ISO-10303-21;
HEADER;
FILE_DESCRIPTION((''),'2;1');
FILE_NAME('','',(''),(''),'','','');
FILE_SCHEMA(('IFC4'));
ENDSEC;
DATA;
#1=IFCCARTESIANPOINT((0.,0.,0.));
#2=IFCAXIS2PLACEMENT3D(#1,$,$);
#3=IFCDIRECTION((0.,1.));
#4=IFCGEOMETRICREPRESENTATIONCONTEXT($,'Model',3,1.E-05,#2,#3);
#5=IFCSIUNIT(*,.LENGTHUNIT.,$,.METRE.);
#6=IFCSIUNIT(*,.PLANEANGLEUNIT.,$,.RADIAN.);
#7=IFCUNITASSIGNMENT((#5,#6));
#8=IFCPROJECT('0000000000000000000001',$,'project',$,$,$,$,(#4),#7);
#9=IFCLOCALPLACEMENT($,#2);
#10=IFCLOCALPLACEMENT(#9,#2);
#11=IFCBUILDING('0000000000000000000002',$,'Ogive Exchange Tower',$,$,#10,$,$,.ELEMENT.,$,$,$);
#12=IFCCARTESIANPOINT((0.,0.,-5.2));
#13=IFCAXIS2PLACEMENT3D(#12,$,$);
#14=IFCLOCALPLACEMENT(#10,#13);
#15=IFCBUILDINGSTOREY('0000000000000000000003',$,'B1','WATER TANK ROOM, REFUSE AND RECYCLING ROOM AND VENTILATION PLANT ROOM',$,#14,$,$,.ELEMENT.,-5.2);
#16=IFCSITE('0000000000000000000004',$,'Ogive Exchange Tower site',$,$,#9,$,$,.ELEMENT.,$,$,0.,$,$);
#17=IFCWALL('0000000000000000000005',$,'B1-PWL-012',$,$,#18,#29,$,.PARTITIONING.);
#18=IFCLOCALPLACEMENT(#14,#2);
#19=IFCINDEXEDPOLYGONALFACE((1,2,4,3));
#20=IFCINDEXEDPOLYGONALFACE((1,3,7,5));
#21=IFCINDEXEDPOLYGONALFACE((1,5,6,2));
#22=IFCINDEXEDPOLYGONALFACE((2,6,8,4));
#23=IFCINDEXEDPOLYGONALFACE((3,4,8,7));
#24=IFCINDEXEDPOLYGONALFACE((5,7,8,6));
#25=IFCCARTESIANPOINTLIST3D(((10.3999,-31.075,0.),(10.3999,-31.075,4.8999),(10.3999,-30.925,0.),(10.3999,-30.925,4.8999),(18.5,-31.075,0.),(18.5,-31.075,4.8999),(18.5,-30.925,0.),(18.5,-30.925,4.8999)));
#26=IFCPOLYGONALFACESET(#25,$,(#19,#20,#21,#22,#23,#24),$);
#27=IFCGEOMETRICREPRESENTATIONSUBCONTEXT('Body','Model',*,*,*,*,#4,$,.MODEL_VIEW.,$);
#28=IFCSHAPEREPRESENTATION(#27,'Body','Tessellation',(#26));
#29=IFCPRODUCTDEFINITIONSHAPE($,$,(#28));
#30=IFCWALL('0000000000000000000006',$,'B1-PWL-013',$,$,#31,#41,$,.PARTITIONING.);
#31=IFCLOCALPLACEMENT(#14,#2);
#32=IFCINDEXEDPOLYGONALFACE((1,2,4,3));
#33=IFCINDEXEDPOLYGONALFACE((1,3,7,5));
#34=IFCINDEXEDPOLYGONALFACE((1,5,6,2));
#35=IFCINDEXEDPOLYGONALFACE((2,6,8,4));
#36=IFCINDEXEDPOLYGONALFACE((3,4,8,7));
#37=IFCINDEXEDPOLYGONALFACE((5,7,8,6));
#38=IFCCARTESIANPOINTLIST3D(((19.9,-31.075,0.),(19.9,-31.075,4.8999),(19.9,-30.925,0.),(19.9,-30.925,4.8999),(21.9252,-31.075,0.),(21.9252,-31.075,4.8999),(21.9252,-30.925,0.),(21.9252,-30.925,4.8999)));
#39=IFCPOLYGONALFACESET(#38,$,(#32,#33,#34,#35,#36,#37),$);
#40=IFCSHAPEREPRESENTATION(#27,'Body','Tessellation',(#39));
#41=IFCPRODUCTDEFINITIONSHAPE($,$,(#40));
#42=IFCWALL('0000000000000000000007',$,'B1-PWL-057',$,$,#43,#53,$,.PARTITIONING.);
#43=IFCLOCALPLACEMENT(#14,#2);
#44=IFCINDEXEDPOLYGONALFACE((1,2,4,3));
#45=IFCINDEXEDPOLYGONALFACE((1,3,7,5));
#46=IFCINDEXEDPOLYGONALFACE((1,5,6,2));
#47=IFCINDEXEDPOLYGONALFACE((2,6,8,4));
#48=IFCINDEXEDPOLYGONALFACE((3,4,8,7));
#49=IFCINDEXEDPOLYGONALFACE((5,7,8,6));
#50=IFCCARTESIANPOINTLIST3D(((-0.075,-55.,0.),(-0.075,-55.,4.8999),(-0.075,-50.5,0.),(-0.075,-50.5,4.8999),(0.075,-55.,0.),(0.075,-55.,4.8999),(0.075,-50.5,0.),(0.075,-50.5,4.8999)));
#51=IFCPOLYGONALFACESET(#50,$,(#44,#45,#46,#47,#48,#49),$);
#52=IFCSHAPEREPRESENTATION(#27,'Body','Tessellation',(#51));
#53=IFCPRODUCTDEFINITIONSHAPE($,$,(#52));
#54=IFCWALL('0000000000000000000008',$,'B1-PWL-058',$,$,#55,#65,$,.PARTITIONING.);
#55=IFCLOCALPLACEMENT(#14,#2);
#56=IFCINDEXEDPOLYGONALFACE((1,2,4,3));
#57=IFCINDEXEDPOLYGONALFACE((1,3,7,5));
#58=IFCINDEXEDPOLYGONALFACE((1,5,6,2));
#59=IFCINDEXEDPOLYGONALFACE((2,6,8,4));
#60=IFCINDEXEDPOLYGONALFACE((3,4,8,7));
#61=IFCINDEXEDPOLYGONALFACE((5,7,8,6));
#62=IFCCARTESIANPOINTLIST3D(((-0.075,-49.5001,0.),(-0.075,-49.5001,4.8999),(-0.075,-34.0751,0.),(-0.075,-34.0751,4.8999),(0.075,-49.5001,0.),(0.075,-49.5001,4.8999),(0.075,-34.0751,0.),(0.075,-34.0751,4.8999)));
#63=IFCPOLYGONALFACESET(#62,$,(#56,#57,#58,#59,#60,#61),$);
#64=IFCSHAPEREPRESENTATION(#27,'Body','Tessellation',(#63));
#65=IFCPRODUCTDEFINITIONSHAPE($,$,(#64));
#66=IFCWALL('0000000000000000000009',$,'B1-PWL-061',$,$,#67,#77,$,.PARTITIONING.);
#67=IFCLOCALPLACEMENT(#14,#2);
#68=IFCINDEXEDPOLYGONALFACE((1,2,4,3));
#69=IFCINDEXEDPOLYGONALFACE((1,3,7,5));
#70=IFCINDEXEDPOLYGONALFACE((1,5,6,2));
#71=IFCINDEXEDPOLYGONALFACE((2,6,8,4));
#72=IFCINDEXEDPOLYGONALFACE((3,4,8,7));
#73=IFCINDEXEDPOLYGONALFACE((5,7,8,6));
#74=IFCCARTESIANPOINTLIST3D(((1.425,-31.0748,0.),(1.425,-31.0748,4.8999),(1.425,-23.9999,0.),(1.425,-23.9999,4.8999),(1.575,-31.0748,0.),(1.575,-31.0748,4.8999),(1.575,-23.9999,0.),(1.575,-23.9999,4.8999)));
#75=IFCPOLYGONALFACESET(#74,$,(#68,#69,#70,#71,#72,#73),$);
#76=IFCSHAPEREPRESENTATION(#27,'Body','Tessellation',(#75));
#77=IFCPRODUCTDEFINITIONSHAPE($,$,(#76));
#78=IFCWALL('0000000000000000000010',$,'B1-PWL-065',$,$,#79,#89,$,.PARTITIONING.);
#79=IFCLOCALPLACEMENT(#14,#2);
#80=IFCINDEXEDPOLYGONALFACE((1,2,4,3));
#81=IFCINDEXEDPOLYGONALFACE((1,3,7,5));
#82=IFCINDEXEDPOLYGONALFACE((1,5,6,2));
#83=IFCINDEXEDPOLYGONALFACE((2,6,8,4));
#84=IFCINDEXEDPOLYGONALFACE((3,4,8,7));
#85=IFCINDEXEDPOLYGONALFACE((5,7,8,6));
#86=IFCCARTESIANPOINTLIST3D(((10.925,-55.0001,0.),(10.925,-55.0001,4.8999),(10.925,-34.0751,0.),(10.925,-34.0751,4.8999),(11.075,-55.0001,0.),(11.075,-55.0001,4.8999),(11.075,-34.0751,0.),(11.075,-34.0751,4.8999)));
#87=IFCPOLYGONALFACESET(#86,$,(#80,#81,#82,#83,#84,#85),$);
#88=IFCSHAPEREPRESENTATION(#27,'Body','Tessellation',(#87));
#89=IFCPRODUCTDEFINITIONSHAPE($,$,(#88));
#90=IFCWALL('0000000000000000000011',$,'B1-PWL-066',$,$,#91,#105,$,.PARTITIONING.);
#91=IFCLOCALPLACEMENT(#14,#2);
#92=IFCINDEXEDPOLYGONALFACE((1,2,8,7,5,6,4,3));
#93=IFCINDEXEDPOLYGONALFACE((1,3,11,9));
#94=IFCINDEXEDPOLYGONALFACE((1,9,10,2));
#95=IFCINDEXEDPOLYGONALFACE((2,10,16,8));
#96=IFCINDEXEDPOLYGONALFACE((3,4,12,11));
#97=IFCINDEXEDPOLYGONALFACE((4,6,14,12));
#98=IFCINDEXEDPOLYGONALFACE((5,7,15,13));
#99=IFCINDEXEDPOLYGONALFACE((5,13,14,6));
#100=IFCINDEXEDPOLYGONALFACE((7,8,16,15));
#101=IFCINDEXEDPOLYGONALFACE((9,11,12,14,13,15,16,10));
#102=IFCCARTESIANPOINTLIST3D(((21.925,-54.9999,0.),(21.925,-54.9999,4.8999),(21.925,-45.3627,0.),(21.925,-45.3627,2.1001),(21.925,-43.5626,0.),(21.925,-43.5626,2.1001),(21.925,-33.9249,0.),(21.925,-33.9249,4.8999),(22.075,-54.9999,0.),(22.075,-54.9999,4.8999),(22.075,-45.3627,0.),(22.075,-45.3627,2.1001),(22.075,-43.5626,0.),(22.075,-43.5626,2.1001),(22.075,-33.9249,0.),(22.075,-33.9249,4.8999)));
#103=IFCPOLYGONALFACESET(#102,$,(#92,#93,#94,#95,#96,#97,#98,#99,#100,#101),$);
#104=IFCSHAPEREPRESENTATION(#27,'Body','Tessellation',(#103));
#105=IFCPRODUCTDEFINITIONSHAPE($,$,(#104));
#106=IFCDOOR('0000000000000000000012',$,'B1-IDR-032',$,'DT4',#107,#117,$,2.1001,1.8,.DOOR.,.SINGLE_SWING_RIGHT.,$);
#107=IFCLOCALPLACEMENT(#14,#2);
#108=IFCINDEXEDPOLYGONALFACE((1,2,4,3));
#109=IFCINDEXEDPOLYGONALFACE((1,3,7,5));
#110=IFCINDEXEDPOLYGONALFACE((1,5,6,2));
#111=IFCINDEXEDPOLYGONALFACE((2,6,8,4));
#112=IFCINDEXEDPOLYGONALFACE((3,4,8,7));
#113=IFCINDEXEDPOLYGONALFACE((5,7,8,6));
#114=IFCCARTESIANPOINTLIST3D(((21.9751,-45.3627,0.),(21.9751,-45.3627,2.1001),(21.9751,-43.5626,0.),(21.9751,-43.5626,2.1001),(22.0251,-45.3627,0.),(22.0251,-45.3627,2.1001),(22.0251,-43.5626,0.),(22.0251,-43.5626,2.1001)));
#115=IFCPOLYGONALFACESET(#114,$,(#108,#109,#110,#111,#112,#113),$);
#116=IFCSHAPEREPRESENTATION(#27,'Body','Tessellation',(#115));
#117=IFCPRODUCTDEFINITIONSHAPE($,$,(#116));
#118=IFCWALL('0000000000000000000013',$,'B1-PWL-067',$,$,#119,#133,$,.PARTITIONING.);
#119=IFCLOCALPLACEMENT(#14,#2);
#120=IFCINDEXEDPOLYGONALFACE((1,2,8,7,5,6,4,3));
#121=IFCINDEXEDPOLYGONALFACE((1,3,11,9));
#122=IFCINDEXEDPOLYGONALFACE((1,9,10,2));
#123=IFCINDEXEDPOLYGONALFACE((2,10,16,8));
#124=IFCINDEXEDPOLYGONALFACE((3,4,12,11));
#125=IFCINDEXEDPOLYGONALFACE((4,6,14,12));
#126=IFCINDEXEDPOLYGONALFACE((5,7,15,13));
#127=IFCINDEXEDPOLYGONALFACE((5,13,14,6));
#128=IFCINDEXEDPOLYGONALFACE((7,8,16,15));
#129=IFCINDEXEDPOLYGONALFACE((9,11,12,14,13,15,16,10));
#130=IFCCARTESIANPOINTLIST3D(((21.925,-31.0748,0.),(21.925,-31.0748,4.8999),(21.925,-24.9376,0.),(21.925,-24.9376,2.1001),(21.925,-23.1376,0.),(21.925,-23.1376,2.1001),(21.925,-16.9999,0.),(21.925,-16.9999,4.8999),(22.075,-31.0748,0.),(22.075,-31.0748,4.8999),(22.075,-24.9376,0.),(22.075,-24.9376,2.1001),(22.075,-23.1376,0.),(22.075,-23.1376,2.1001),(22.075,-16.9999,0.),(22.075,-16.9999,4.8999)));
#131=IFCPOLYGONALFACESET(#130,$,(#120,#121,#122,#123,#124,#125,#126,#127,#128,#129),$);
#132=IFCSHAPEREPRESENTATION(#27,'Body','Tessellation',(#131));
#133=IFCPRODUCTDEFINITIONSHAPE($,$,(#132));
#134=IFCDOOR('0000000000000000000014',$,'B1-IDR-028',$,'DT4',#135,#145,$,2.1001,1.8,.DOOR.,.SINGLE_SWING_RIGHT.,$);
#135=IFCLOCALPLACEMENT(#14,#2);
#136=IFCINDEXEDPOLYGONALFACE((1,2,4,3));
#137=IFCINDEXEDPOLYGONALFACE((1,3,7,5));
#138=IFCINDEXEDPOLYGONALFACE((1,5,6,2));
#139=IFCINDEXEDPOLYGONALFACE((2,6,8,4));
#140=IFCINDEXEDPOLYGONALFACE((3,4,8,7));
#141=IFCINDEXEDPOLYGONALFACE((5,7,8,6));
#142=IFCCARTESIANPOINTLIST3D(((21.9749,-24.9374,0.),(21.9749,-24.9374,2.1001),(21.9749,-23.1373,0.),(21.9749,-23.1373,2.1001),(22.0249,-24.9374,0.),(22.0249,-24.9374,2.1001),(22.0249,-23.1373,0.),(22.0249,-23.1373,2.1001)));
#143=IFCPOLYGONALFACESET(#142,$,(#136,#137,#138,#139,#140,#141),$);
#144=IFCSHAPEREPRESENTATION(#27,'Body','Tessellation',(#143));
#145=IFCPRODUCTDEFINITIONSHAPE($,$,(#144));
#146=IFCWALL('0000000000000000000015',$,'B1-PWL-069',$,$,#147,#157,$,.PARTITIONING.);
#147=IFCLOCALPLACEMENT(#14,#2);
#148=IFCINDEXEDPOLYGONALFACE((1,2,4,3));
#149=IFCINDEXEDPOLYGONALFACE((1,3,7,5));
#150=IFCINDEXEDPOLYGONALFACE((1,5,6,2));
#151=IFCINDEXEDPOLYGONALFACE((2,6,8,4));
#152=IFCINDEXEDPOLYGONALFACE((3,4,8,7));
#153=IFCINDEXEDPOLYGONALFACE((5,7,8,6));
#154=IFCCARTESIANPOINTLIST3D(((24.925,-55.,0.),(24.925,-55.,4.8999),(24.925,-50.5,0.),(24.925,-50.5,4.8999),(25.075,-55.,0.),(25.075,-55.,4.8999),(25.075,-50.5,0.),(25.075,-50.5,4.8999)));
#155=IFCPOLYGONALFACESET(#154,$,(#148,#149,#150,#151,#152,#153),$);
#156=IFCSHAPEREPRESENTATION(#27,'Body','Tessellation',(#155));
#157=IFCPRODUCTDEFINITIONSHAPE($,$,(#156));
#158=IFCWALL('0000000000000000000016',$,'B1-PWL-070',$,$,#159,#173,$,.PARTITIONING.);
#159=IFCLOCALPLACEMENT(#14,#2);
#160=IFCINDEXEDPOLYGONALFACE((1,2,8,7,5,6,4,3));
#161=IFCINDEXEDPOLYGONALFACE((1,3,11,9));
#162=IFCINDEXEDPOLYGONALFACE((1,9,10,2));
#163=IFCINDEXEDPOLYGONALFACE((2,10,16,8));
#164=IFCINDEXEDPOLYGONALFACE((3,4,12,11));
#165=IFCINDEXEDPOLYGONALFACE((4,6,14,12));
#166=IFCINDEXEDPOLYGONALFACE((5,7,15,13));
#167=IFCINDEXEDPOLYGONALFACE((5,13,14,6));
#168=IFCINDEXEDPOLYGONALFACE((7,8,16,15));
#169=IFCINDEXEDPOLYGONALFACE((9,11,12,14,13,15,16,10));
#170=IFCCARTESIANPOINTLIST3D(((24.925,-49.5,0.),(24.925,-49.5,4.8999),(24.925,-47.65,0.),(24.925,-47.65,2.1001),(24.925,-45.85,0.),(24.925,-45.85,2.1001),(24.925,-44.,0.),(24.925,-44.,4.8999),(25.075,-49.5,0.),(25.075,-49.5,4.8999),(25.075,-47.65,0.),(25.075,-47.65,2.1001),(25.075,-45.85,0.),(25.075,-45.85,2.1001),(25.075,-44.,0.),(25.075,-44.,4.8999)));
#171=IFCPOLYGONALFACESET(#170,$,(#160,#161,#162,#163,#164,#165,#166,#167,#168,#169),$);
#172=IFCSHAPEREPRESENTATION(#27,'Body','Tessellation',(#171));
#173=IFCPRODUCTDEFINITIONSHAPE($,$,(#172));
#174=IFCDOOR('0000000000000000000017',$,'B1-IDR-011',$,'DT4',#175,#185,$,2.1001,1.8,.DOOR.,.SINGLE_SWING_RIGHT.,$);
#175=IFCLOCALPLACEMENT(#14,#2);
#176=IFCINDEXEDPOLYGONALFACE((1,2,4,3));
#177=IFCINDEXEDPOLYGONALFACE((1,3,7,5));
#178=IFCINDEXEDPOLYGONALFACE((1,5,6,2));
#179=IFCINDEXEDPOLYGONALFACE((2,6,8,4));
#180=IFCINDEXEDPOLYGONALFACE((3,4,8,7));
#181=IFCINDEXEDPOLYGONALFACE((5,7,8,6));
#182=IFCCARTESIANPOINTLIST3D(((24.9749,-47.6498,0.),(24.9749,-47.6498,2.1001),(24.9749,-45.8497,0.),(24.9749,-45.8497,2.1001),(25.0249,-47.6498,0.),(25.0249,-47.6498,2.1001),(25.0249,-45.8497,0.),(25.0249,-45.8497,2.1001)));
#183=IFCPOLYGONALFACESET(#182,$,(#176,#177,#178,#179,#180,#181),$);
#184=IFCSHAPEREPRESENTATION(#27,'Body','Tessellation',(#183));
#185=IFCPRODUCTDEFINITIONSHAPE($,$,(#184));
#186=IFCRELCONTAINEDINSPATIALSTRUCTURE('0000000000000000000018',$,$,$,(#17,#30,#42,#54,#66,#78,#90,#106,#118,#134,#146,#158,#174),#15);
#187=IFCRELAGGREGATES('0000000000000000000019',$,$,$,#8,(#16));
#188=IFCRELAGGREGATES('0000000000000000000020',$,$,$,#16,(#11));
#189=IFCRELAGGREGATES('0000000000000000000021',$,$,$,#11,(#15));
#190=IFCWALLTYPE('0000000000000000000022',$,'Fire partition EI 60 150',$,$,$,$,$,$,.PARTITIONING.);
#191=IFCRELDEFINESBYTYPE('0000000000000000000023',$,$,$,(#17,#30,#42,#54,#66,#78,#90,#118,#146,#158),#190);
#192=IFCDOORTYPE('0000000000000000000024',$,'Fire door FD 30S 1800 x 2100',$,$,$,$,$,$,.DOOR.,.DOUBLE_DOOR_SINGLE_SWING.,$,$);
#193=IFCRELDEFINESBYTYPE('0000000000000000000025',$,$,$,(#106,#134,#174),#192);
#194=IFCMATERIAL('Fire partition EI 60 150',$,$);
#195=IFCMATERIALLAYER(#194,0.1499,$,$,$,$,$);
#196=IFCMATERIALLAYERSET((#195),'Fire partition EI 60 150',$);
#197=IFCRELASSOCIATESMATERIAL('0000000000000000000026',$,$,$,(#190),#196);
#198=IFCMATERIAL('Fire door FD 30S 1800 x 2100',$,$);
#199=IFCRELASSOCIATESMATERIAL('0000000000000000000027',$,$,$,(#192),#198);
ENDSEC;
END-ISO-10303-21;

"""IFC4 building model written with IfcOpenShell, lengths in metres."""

from ifc_helpers import new_model, si_unit, direction, frame, frame_2d, origin, place, context, subcontext, project, spatial, rectangle, extrude, material, layer, layer_set, type_object, element, fill, save


model = new_model("IFC4")

# Units and contexts
model_context = context("Model", 3, precision=1e-05, world=origin(), true_north=direction((0.0, 1.0)))
body_context = subcontext(model_context, "Body", "Model", "MODEL_VIEW")
ifc_project = project(units=[si_unit("LENGTHUNIT", "METRE"), si_unit("PLANEANGLEUNIT", "RADIAN")], contexts=[model_context])

# Site, building, storey
site_placement = place(None, origin())
site = spatial("IfcSite", under=ifc_project, at=site_placement, Name="Ogive Exchange Tower site", CompositionType="ELEMENT", RefElevation=0.0)
building_placement = place(site_placement, origin())
building = spatial("IfcBuilding", under=site, at=building_placement, Name="Ogive Exchange Tower", CompositionType="ELEMENT")
storey_placement = place(building_placement, frame((0.0, 0.0, -5.2)))
storey = spatial("IfcBuildingStorey", under=building, at=storey_placement, Name="B1", Description="WATER TANK ROOM, REFUSE AND RECYCLING ROOM AND VENTILATION PLANT ROOM", CompositionType="ELEMENT", Elevation=-5.2)

# Shared definitions
ifc_material_1 = material(Name="Fire partition EI 60 150")
ifc_layer_1 = layer(ifc_material_1, 0.1499)
ifc_layer_set_1 = layer_set([ifc_layer_1], Name="Fire partition EI 60 150")
wall_type_1 = type_object("IfcWallType", Name="Fire partition EI 60 150", PredefinedType="PARTITIONING", material=ifc_layer_set_1)
ifc_material_2 = material(Name="Fire door FD 30S 1800 x 2100")
door_type_1 = type_object("IfcDoorType", Name="Fire door FD 30S 1800 x 2100", OperationType="DOUBLE_DOOR_SINGLE_SWING", PredefinedType="DOOR", material=ifc_material_2)

# Walls
wall_1_placement = place(storey_placement, frame((10.3999, -31.0, 0.0), z_axis=(0.0, 0.0, 1.0), x_axis=(1.0, 0.0, 0.0)))
element("IfcWall", 1, at=wall_1_placement, inside=storey, type_object=wall_type_1, Name="B1-PWL-012", PredefinedType="PARTITIONING", context=body_context, shape_type="SweptSolid", body=[
    extrude(rectangle(XDim=8.1001, YDim=0.1499, at=frame_2d((4.05, 0.0))), origin(), (0.0, 0.0, 1.0), 4.8999),
])
wall_2_placement = place(storey_placement, frame((19.8999, -31.0, 0.0), z_axis=(0.0, 0.0, 1.0), x_axis=(1.0, 0.0, 0.0)))
element("IfcWall", 2, at=wall_2_placement, inside=storey, type_object=wall_type_1, Name="B1-PWL-013", PredefinedType="PARTITIONING", context=body_context, shape_type="SweptSolid", body=[
    extrude(rectangle(XDim=2.0251, YDim=0.1499, at=frame_2d((1.0127, 0.0))), origin(), (0.0, 0.0, 1.0), 4.8999),
])
wall_3_placement = place(storey_placement, frame((0.0, -55.0, 0.0), z_axis=(0.0, 0.0, 1.0), x_axis=(0.0, 1.0, 0.0)))
element("IfcWall", 3, at=wall_3_placement, inside=storey, type_object=wall_type_1, Name="B1-PWL-057", PredefinedType="PARTITIONING", context=body_context, shape_type="SweptSolid", body=[
    extrude(rectangle(XDim=4.5, YDim=0.1499, at=frame_2d((2.25, 0.0))), origin(), (0.0, 0.0, 1.0), 4.8999),
])
wall_4_placement = place(storey_placement, frame((0.0, -49.5, 0.0), z_axis=(0.0, 0.0, 1.0), x_axis=(0.0, 1.0, 0.0)))
element("IfcWall", 4, at=wall_4_placement, inside=storey, type_object=wall_type_1, Name="B1-PWL-058", PredefinedType="PARTITIONING", context=body_context, shape_type="SweptSolid", body=[
    extrude(rectangle(XDim=15.425, YDim=0.1499, at=frame_2d((7.7124, 0.0))), origin(), (0.0, 0.0, 1.0), 4.8999),
])
wall_5_placement = place(storey_placement, frame((1.5, -31.075, 0.0), z_axis=(0.0, 0.0, 1.0), x_axis=(0.0, 1.0, 0.0)))
element("IfcWall", 5, at=wall_5_placement, inside=storey, type_object=wall_type_1, Name="B1-PWL-061", PredefinedType="PARTITIONING", context=body_context, shape_type="SweptSolid", body=[
    extrude(rectangle(XDim=7.075, YDim=0.1499, at=frame_2d((3.5376, 0.0))), origin(), (0.0, 0.0, 1.0), 4.8999),
])
wall_6_placement = place(storey_placement, frame((11.0, -55.0, 0.0), z_axis=(0.0, 0.0, 1.0), x_axis=(0.0, 1.0, 0.0)))
element("IfcWall", 6, at=wall_6_placement, inside=storey, type_object=wall_type_1, Name="B1-PWL-065", PredefinedType="PARTITIONING", context=body_context, shape_type="SweptSolid", body=[
    extrude(rectangle(XDim=20.925, YDim=0.1499, at=frame_2d((10.4624, 0.0))), origin(), (0.0, 0.0, 1.0), 4.8999),
])

# Walls, openings, doors
wall_7_placement = place(storey_placement, frame((22.0, -55.0, 0.0), z_axis=(0.0, 0.0, 1.0), x_axis=(0.0, 1.0, 0.0)))
wall_7 = element("IfcWall", 7, at=wall_7_placement, inside=storey, type_object=wall_type_1, Name="B1-PWL-066", PredefinedType="PARTITIONING", context=body_context, shape_type="SweptSolid", body=[
    extrude(rectangle(XDim=21.075, YDim=0.1499, at=frame_2d((10.5376, 0.0))), origin(), (0.0, 0.0, 1.0), 4.8999),
])
opening_1_placement = place(wall_7_placement, frame((9.6375, 0.0, 0.0)))
opening_1 = element("IfcOpeningElement", 8, at=opening_1_placement, cuts=wall_7, PredefinedType="OPENING", context=body_context, shape_type="SweptSolid", body=[
    extrude(rectangle(XDim=1.8, YDim=2.1001, at=frame_2d((0.8999, 1.05))), frame((0.0, 0.085, 0.0), z_axis=(0.0, -1.0, 0.0), x_axis=(1.0, 0.0, 0.0)), (0.0, 0.0, 1.0), 0.1699),
])
door_1_placement = place(opening_1_placement, origin())
door_1 = element("IfcDoor", 9, at=door_1_placement, inside=storey, type_object=door_type_1, Name="B1-IDR-032", ObjectType="DT4", OperationType="SINGLE_SWING_RIGHT", OverallHeight=2.1001, OverallWidth=1.8, PredefinedType="DOOR", context=body_context, shape_type="SweptSolid", body=[
    extrude(rectangle(XDim=1.8, YDim=2.1001, at=frame_2d((0.8999, 1.05))), frame((0.0, 0.0249, 0.0), z_axis=(0.0, -1.0, 0.0), x_axis=(1.0, 0.0, 0.0)), (0.0, 0.0, 1.0), 0.05),
])
fill(opening_1, door_1)
wall_8_placement = place(storey_placement, frame((22.0, -31.075, 0.0), z_axis=(0.0, 0.0, 1.0), x_axis=(0.0, 1.0, 0.0)))
wall_8 = element("IfcWall", 10, at=wall_8_placement, inside=storey, type_object=wall_type_1, Name="B1-PWL-067", PredefinedType="PARTITIONING", context=body_context, shape_type="SweptSolid", body=[
    extrude(rectangle(XDim=14.075, YDim=0.1499, at=frame_2d((7.0376, 0.0))), origin(), (0.0, 0.0, 1.0), 4.8999),
])
opening_2_placement = place(wall_8_placement, frame((6.1375, 0.0, 0.0)))
opening_2 = element("IfcOpeningElement", 11, at=opening_2_placement, cuts=wall_8, PredefinedType="OPENING", context=body_context, shape_type="SweptSolid", body=[
    extrude(rectangle(XDim=1.8, YDim=2.1001, at=frame_2d((0.8999, 1.05))), frame((0.0, 0.085, 0.0), z_axis=(0.0, -1.0, 0.0), x_axis=(1.0, 0.0, 0.0)), (0.0, 0.0, 1.0), 0.1699),
])
door_2_placement = place(opening_2_placement, frame((1.8, 0.0, 0.0), z_axis=(0.0, 0.0, 1.0), x_axis=(-1.0, 0.0, 0.0)))
door_2 = element("IfcDoor", 12, at=door_2_placement, inside=storey, type_object=door_type_1, Name="B1-IDR-028", ObjectType="DT4", OperationType="SINGLE_SWING_RIGHT", OverallHeight=2.1001, OverallWidth=1.8, PredefinedType="DOOR", context=body_context, shape_type="SweptSolid", body=[
    extrude(rectangle(XDim=1.8, YDim=2.1001, at=frame_2d((0.8999, 1.05))), frame((0.0, 0.0249, 0.0), z_axis=(0.0, -1.0, 0.0), x_axis=(1.0, 0.0, 0.0)), (0.0, 0.0, 1.0), 0.05),
])
fill(opening_2, door_2)

# Wall
wall_9_placement = place(storey_placement, frame((25.0, -55.0, 0.0), z_axis=(0.0, 0.0, 1.0), x_axis=(0.0, 1.0, 0.0)))
element("IfcWall", 13, at=wall_9_placement, inside=storey, type_object=wall_type_1, Name="B1-PWL-069", PredefinedType="PARTITIONING", context=body_context, shape_type="SweptSolid", body=[
    extrude(rectangle(XDim=4.5, YDim=0.1499, at=frame_2d((2.25, 0.0))), origin(), (0.0, 0.0, 1.0), 4.8999),
])

# Wall, opening, door
wall_10_placement = place(storey_placement, frame((25.0, -49.5, 0.0), z_axis=(0.0, 0.0, 1.0), x_axis=(0.0, 1.0, 0.0)))
wall_10 = element("IfcWall", 14, at=wall_10_placement, inside=storey, type_object=wall_type_1, Name="B1-PWL-070", PredefinedType="PARTITIONING", context=body_context, shape_type="SweptSolid", body=[
    extrude(rectangle(XDim=5.5, YDim=0.1499, at=frame_2d((2.75, 0.0))), origin(), (0.0, 0.0, 1.0), 4.8999),
])
opening_3_placement = place(wall_10_placement, frame((1.8501, 0.0, 0.0)))
opening_3 = element("IfcOpeningElement", 15, at=opening_3_placement, cuts=wall_10, PredefinedType="OPENING", context=body_context, shape_type="SweptSolid", body=[
    extrude(rectangle(XDim=1.8, YDim=2.1001, at=frame_2d((0.8999, 1.05))), frame((0.0, 0.085, 0.0), z_axis=(0.0, -1.0, 0.0), x_axis=(1.0, 0.0, 0.0)), (0.0, 0.0, 1.0), 0.1699),
])
door_3_placement = place(opening_3_placement, frame((1.8, 0.0, 0.0), z_axis=(0.0, 0.0, 1.0), x_axis=(-1.0, 0.0, 0.0)))
door_3 = element("IfcDoor", 16, at=door_3_placement, inside=storey, type_object=door_type_1, Name="B1-IDR-011", ObjectType="DT4", OperationType="SINGLE_SWING_RIGHT", OverallHeight=2.1001, OverallWidth=1.8, PredefinedType="DOOR", context=body_context, shape_type="SweptSolid", body=[
    extrude(rectangle(XDim=1.8, YDim=2.1001, at=frame_2d((0.8999, 1.05))), frame((0.0, 0.0249, 0.0), z_axis=(0.0, -1.0, 0.0), x_axis=(1.0, 0.0, 0.0)), (0.0, 0.0, 1.0), 0.05),
])
fill(opening_3, door_3)

save(model, "model.ifc")
